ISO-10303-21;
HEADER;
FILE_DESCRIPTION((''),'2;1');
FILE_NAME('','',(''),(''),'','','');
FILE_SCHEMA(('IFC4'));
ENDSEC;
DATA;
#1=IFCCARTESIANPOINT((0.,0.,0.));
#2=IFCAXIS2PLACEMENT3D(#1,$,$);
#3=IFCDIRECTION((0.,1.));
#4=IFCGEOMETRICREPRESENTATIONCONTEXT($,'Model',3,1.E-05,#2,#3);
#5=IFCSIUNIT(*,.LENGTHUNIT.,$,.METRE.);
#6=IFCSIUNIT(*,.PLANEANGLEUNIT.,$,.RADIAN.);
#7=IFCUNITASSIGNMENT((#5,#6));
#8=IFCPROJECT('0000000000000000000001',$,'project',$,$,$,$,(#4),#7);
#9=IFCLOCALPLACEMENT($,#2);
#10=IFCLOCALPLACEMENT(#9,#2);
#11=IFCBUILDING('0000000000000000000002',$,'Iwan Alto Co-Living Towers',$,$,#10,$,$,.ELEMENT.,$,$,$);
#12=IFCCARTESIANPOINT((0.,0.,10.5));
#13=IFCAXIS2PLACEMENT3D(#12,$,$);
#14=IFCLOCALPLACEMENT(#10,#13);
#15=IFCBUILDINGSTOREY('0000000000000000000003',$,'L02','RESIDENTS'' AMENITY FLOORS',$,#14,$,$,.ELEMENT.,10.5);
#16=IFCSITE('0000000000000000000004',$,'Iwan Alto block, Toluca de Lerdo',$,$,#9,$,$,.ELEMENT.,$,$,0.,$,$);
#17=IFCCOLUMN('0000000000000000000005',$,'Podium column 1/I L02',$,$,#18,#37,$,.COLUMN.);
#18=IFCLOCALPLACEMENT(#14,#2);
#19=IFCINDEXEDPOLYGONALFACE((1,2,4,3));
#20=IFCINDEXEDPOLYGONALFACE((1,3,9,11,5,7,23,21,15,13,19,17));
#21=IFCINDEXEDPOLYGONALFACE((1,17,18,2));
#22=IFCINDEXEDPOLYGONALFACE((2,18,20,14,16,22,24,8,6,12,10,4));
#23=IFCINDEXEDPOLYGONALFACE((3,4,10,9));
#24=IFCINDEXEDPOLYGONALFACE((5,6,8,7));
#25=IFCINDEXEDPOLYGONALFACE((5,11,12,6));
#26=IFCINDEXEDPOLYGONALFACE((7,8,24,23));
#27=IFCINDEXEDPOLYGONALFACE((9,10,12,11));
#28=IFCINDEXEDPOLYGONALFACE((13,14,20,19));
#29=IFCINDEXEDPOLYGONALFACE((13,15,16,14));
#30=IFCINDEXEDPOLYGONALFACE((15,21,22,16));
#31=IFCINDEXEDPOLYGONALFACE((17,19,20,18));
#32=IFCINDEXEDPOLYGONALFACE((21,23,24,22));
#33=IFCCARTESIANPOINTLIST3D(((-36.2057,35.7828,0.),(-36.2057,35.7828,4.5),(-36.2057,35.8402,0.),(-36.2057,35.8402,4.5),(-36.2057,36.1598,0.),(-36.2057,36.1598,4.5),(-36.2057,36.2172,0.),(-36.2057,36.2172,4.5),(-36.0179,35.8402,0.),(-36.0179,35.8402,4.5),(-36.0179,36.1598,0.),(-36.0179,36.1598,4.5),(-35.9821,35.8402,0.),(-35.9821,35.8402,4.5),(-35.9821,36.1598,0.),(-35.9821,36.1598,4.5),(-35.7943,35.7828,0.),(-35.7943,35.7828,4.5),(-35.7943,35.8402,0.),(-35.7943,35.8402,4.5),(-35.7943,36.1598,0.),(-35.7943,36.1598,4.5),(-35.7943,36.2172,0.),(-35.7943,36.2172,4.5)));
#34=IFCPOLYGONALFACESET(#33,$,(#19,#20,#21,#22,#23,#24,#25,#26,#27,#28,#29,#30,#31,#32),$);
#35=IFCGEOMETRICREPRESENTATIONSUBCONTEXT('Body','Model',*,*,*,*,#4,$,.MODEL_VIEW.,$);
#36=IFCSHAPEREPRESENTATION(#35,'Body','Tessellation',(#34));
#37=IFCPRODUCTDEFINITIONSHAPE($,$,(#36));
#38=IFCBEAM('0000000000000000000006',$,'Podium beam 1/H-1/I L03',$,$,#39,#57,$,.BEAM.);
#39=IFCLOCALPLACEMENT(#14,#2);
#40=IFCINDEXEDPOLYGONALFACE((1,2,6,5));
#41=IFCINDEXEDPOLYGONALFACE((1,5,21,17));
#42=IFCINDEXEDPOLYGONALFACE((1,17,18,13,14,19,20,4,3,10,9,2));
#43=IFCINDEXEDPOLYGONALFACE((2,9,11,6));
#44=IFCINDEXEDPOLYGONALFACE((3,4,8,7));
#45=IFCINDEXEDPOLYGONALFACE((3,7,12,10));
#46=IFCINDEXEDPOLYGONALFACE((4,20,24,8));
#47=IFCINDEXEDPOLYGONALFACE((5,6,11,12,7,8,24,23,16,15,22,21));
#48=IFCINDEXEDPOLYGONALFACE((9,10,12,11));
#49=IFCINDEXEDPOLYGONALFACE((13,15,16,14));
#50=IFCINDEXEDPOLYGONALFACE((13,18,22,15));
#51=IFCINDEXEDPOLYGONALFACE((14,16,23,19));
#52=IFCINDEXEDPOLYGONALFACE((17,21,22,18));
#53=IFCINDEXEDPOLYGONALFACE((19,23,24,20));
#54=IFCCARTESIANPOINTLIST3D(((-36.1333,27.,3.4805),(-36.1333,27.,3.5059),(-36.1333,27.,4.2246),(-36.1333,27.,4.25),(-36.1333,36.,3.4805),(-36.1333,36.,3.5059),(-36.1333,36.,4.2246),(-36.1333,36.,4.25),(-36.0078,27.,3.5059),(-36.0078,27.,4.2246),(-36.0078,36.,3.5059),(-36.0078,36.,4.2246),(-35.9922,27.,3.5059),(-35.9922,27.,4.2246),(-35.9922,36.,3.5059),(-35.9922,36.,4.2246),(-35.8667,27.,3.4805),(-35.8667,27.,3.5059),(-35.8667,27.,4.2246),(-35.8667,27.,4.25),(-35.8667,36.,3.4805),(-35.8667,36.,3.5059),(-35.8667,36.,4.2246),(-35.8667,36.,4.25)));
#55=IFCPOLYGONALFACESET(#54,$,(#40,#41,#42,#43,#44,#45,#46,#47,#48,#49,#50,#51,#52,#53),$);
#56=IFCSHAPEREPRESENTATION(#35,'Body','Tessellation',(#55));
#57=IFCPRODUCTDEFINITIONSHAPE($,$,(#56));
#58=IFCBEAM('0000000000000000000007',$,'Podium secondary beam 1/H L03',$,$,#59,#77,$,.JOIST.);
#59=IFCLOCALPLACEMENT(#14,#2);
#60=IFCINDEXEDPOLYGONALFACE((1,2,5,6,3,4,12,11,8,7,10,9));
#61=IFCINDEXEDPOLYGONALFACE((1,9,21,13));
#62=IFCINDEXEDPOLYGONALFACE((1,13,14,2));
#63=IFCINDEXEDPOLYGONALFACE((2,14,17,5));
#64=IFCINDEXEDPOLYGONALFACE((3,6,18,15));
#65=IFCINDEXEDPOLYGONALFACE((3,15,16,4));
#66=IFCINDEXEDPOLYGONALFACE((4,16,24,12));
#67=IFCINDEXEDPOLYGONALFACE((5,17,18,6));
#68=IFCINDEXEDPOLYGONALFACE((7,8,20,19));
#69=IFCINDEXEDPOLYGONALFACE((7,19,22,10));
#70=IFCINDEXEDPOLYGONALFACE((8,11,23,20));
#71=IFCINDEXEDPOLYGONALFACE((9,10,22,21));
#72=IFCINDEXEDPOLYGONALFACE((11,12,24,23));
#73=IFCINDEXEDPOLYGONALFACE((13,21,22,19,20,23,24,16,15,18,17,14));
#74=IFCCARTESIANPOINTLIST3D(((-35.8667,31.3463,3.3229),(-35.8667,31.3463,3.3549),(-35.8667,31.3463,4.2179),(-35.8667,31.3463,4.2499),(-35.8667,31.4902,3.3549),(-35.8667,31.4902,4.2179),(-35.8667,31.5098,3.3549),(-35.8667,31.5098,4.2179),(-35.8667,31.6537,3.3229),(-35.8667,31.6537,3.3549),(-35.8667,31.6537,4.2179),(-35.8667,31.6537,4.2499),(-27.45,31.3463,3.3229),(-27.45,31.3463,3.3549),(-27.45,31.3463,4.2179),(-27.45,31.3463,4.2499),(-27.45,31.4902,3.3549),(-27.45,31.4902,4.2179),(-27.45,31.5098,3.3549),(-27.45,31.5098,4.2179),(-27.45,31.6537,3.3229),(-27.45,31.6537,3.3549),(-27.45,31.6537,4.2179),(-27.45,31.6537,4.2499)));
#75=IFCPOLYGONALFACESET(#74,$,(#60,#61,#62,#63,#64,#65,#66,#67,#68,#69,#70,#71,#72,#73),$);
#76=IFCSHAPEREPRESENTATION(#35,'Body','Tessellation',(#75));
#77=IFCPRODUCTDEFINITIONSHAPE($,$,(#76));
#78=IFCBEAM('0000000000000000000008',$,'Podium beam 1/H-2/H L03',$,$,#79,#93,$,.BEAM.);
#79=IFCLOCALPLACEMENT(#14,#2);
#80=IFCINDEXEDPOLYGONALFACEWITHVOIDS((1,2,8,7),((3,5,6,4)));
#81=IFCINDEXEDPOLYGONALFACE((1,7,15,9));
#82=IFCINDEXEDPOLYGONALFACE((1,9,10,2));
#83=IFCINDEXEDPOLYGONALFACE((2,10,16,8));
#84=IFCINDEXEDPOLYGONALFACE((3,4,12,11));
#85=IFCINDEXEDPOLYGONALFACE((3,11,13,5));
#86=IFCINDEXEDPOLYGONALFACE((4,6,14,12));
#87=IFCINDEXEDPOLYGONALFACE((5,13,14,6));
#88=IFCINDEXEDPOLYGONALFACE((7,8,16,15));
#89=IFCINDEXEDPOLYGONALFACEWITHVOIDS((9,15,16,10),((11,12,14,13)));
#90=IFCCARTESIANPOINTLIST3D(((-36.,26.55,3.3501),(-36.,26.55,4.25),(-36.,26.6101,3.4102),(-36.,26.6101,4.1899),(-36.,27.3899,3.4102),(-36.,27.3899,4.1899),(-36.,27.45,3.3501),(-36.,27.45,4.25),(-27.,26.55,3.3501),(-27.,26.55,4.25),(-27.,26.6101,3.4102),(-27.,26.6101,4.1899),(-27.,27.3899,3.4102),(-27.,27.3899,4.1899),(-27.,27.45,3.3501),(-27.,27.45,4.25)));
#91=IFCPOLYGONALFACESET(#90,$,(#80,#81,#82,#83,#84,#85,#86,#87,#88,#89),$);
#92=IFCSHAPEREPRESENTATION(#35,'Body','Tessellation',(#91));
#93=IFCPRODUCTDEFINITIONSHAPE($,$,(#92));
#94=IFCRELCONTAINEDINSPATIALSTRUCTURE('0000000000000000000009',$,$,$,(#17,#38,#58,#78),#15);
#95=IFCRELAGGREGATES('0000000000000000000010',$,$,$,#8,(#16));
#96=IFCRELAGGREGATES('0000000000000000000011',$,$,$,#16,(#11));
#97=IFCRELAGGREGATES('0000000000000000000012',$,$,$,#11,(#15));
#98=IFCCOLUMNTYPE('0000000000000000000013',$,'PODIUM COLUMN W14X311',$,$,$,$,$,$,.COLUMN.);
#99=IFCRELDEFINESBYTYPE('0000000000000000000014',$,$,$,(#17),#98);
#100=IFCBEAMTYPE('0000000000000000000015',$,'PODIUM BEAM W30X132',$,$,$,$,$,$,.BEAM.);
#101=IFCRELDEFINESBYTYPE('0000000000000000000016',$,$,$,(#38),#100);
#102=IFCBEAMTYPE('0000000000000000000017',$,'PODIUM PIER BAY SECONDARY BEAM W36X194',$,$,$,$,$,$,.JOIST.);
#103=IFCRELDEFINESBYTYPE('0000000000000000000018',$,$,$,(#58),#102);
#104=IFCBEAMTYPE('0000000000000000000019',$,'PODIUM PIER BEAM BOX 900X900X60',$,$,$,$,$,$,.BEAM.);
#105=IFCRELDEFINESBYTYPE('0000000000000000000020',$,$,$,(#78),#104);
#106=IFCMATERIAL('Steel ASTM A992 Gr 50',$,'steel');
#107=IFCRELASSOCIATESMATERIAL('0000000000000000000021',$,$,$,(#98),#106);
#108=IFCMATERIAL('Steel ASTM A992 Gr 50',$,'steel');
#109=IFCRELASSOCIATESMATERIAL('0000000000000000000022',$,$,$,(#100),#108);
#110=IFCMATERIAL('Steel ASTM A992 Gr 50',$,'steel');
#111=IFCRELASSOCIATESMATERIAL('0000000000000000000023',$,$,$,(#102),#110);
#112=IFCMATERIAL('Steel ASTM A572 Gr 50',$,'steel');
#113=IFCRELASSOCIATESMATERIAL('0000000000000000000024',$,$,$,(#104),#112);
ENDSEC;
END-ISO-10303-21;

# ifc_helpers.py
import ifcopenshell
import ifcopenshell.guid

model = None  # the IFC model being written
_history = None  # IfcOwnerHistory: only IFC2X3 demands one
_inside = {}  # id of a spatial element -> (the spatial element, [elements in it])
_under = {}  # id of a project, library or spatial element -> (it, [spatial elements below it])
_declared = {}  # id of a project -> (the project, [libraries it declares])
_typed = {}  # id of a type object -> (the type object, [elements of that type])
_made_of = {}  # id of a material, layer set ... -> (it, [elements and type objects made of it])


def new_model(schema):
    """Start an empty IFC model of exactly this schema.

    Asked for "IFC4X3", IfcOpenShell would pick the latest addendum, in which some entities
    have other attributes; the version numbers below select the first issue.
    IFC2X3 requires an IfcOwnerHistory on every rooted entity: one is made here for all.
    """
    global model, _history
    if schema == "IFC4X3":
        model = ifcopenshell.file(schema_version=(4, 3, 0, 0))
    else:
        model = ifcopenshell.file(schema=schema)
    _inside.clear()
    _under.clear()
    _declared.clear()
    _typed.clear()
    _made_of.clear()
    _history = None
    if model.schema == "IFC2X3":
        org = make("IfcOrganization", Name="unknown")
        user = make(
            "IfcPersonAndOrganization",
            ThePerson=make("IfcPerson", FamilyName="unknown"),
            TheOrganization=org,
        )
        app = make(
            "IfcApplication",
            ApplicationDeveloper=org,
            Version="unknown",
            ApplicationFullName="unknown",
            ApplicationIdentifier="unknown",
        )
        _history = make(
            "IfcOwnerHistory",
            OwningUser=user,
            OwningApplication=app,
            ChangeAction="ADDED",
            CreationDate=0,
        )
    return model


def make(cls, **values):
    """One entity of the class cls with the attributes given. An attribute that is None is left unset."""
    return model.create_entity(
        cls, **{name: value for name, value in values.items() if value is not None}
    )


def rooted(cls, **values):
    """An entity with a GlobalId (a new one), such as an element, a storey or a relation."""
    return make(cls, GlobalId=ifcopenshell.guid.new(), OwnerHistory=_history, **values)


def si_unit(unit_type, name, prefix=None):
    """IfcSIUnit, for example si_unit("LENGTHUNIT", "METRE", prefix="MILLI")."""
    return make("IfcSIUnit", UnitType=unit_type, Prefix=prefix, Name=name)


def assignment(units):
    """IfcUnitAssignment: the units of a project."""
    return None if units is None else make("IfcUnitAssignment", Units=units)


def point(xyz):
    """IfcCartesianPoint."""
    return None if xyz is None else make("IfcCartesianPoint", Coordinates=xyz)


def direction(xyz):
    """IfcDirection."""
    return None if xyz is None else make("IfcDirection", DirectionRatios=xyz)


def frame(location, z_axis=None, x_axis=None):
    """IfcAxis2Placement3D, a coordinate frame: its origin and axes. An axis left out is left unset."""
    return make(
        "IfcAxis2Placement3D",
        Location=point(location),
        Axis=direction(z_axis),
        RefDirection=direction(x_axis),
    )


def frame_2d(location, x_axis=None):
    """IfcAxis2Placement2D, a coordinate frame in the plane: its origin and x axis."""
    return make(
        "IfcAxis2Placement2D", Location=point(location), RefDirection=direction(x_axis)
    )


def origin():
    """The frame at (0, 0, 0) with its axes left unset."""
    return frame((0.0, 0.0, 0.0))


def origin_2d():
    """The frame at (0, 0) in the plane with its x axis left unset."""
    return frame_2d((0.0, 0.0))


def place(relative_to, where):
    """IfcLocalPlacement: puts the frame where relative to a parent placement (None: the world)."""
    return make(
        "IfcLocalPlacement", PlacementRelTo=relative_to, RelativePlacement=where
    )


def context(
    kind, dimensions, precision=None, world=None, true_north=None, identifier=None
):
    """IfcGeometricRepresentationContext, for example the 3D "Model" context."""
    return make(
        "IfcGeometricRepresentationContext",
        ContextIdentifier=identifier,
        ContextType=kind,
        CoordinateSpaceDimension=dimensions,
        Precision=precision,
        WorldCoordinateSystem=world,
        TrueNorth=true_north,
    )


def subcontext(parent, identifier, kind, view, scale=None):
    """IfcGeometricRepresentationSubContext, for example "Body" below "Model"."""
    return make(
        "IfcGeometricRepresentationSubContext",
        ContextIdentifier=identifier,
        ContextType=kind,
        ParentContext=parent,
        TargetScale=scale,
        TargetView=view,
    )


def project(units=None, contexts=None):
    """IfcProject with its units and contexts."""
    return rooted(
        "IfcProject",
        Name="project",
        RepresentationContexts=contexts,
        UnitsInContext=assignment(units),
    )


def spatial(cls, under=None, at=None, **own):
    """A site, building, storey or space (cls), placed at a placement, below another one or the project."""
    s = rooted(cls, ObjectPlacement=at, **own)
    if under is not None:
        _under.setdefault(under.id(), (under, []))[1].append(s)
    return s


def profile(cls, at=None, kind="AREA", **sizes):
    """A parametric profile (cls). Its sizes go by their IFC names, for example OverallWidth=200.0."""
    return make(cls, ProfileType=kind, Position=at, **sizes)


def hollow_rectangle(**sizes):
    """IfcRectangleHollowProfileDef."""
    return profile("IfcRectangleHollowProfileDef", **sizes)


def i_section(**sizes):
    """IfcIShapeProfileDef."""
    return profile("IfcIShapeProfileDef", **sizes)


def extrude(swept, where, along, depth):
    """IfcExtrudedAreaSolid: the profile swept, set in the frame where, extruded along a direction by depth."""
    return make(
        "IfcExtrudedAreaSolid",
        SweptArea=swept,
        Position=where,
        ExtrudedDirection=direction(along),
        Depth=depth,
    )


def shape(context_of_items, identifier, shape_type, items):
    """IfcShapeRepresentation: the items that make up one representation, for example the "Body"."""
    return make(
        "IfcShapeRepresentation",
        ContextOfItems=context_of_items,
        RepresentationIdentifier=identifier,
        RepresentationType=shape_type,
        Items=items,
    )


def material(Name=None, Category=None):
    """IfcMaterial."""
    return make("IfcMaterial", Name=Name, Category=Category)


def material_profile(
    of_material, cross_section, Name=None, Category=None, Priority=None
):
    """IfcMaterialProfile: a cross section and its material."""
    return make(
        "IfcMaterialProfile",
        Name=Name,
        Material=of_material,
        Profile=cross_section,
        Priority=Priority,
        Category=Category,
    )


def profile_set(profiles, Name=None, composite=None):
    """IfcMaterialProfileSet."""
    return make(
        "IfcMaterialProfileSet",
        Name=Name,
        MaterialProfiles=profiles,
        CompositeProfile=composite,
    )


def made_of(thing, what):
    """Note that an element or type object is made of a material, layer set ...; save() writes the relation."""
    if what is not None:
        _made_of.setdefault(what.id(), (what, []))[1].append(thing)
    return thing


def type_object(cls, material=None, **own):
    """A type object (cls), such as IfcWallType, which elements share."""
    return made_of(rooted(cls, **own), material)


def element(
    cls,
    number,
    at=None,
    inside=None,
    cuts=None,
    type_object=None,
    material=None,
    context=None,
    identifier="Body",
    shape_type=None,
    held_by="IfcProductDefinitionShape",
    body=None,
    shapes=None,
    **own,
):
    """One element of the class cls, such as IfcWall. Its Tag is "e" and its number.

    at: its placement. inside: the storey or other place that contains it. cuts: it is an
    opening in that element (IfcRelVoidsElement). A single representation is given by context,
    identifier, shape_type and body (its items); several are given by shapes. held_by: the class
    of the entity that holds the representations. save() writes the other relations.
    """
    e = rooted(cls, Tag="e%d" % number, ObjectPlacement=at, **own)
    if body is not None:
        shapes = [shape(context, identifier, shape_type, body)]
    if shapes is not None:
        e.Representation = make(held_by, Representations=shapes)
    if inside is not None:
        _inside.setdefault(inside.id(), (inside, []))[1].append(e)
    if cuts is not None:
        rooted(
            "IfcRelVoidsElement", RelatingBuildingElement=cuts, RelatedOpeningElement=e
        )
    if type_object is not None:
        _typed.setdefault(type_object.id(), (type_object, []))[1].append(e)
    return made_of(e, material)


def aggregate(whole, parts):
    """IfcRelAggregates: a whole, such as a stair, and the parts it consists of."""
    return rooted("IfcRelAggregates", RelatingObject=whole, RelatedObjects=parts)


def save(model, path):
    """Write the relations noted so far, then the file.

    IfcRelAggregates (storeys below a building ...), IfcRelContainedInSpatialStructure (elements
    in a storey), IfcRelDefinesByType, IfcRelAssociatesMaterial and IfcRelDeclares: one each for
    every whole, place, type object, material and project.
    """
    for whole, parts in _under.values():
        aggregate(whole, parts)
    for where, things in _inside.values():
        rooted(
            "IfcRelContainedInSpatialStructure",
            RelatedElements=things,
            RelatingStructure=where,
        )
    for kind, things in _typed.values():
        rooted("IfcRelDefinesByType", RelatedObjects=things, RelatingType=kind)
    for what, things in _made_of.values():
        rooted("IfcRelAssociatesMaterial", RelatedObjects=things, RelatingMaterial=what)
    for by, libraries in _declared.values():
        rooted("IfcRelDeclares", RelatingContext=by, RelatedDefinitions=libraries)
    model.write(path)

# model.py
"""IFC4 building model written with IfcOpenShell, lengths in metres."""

from ifc_helpers import new_model, si_unit, direction, frame, origin, origin_2d, place, context, subcontext, project, spatial, hollow_rectangle, i_section, extrude, material, material_profile, profile_set, type_object, element, save


model = new_model("IFC4")

# Units and contexts
model_context = context("Model", 3, precision=1e-05, world=origin(), true_north=direction((0.0, 1.0)))
body_context = subcontext(model_context, "Body", "Model", "MODEL_VIEW")
ifc_project = project(units=[si_unit("LENGTHUNIT", "METRE"), si_unit("PLANEANGLEUNIT", "RADIAN")], contexts=[model_context])

# Site, building, storey
site_placement = place(None, origin())
site = spatial("IfcSite", under=ifc_project, at=site_placement, Name="Iwan Alto block, Toluca de Lerdo", CompositionType="ELEMENT", RefElevation=0.0)
building_placement = place(site_placement, origin())
building = spatial("IfcBuilding", under=site, at=building_placement, Name="Iwan Alto Co-Living Towers", CompositionType="ELEMENT")
storey_placement = place(building_placement, frame((0.0, 0.0, 10.5)))
storey = spatial("IfcBuildingStorey", under=building, at=storey_placement, Name="L02", Description="RESIDENTS' AMENITY FLOORS", CompositionType="ELEMENT", Elevation=10.5)

# Column
ifc_material_1 = material(Name="Steel ASTM A992 Gr 50", Category="steel")
ifc_material_profile_1 = material_profile(ifc_material_1, i_section(OverallWidth=0.4114, OverallDepth=0.4343, WebThickness=0.0359, FlangeThickness=0.0574, at=origin_2d()), Name="W14X311")
ifc_profile_set_1 = profile_set([ifc_material_profile_1], Name="Steel ASTM A992 Gr 50")
column_type = type_object("IfcColumnType", Name="PODIUM COLUMN W14X311", PredefinedType="COLUMN", material=ifc_profile_set_1)
column_placement = place(storey_placement, frame((-36.0, 36.0, 0.0), z_axis=(0.0, 0.0, 1.0), x_axis=(1.0, 0.0, 0.0)))
element("IfcColumn", 1, at=column_placement, inside=storey, type_object=column_type, Name="Podium column 1/I L02", PredefinedType="COLUMN", context=body_context, shape_type="SweptSolid", body=[
    extrude(i_section(OverallWidth=0.4114, OverallDepth=0.4343, WebThickness=0.0359, FlangeThickness=0.0574, at=origin_2d()), origin(), (0.0, 0.0, 1.0), 4.5),
])

# Beams
ifc_material_2 = material(Name="Steel ASTM A992 Gr 50", Category="steel")
ifc_material_profile_2 = material_profile(ifc_material_2, i_section(OverallWidth=0.2666, OverallDepth=0.7695, WebThickness=0.0156, FlangeThickness=0.0254, at=origin_2d()), Name="W30X132")
ifc_profile_set_2 = profile_set([ifc_material_profile_2], Name="Steel ASTM A992 Gr 50")
beam_type_1 = type_object("IfcBeamType", Name="PODIUM BEAM W30X132", PredefinedType="BEAM", material=ifc_profile_set_2)
beam_1_placement = place(storey_placement, frame((-36.0, 27.0, 3.8652), z_axis=(0.0, 1.0, 0.0), x_axis=(-1.0, 0.0, 0.0)))
element("IfcBeam", 2, at=beam_1_placement, inside=storey, type_object=beam_type_1, Name="Podium beam 1/H-1/I L03", PredefinedType="BEAM", context=body_context, shape_type="SweptSolid", body=[
    extrude(i_section(OverallWidth=0.2666, OverallDepth=0.7695, WebThickness=0.0156, FlangeThickness=0.0254, at=origin_2d()), origin(), (0.0, 0.0, 1.0), 9.0),
])
ifc_material_3 = material(Name="Steel ASTM A992 Gr 50", Category="steel")
ifc_material_profile_3 = material_profile(ifc_material_3, i_section(OverallWidth=0.3074, OverallDepth=0.927, WebThickness=0.0195, FlangeThickness=0.032, at=origin_2d()), Name="W36X194")
ifc_profile_set_3 = profile_set([ifc_material_profile_3], Name="Steel ASTM A992 Gr 50")
beam_type_2 = type_object("IfcBeamType", Name="PODIUM PIER BAY SECONDARY BEAM W36X194", PredefinedType="JOIST", material=ifc_profile_set_3)
beam_2_placement = place(storey_placement, frame((-35.8667, 31.5, 3.7864), z_axis=(1.0, 0.0, 0.0), x_axis=(0.0, 1.0, 0.0)))
element("IfcBeam", 3, at=beam_2_placement, inside=storey, type_object=beam_type_2, Name="Podium secondary beam 1/H L03", PredefinedType="JOIST", context=body_context, shape_type="SweptSolid", body=[
    extrude(i_section(OverallWidth=0.3074, OverallDepth=0.927, WebThickness=0.0195, FlangeThickness=0.032, at=origin_2d()), origin(), (0.0, 0.0, 1.0), 8.4167),
])
ifc_material_4 = material(Name="Steel ASTM A572 Gr 50", Category="steel")
ifc_material_profile_4 = material_profile(ifc_material_4, hollow_rectangle(XDim=0.8999, YDim=0.8999, WallThickness=0.0601, at=origin_2d()), Name="BOX 900X900X60")
ifc_profile_set_4 = profile_set([ifc_material_profile_4], Name="Steel ASTM A572 Gr 50")
beam_type_3 = type_object("IfcBeamType", Name="PODIUM PIER BEAM BOX 900X900X60", PredefinedType="BEAM", material=ifc_profile_set_4)
beam_3_placement = place(storey_placement, frame((-36.0, 27.0, 3.8), z_axis=(1.0, 0.0, 0.0), x_axis=(0.0, 1.0, 0.0)))
element("IfcBeam", 4, at=beam_3_placement, inside=storey, type_object=beam_type_3, Name="Podium beam 1/H-2/H L03", PredefinedType="BEAM", context=body_context, shape_type="SweptSolid", body=[
    extrude(hollow_rectangle(XDim=0.8999, YDim=0.8999, WallThickness=0.0601, at=origin_2d()), origin(), (0.0, 0.0, 1.0), 9.0),
])

save(model, "model.ifc")
